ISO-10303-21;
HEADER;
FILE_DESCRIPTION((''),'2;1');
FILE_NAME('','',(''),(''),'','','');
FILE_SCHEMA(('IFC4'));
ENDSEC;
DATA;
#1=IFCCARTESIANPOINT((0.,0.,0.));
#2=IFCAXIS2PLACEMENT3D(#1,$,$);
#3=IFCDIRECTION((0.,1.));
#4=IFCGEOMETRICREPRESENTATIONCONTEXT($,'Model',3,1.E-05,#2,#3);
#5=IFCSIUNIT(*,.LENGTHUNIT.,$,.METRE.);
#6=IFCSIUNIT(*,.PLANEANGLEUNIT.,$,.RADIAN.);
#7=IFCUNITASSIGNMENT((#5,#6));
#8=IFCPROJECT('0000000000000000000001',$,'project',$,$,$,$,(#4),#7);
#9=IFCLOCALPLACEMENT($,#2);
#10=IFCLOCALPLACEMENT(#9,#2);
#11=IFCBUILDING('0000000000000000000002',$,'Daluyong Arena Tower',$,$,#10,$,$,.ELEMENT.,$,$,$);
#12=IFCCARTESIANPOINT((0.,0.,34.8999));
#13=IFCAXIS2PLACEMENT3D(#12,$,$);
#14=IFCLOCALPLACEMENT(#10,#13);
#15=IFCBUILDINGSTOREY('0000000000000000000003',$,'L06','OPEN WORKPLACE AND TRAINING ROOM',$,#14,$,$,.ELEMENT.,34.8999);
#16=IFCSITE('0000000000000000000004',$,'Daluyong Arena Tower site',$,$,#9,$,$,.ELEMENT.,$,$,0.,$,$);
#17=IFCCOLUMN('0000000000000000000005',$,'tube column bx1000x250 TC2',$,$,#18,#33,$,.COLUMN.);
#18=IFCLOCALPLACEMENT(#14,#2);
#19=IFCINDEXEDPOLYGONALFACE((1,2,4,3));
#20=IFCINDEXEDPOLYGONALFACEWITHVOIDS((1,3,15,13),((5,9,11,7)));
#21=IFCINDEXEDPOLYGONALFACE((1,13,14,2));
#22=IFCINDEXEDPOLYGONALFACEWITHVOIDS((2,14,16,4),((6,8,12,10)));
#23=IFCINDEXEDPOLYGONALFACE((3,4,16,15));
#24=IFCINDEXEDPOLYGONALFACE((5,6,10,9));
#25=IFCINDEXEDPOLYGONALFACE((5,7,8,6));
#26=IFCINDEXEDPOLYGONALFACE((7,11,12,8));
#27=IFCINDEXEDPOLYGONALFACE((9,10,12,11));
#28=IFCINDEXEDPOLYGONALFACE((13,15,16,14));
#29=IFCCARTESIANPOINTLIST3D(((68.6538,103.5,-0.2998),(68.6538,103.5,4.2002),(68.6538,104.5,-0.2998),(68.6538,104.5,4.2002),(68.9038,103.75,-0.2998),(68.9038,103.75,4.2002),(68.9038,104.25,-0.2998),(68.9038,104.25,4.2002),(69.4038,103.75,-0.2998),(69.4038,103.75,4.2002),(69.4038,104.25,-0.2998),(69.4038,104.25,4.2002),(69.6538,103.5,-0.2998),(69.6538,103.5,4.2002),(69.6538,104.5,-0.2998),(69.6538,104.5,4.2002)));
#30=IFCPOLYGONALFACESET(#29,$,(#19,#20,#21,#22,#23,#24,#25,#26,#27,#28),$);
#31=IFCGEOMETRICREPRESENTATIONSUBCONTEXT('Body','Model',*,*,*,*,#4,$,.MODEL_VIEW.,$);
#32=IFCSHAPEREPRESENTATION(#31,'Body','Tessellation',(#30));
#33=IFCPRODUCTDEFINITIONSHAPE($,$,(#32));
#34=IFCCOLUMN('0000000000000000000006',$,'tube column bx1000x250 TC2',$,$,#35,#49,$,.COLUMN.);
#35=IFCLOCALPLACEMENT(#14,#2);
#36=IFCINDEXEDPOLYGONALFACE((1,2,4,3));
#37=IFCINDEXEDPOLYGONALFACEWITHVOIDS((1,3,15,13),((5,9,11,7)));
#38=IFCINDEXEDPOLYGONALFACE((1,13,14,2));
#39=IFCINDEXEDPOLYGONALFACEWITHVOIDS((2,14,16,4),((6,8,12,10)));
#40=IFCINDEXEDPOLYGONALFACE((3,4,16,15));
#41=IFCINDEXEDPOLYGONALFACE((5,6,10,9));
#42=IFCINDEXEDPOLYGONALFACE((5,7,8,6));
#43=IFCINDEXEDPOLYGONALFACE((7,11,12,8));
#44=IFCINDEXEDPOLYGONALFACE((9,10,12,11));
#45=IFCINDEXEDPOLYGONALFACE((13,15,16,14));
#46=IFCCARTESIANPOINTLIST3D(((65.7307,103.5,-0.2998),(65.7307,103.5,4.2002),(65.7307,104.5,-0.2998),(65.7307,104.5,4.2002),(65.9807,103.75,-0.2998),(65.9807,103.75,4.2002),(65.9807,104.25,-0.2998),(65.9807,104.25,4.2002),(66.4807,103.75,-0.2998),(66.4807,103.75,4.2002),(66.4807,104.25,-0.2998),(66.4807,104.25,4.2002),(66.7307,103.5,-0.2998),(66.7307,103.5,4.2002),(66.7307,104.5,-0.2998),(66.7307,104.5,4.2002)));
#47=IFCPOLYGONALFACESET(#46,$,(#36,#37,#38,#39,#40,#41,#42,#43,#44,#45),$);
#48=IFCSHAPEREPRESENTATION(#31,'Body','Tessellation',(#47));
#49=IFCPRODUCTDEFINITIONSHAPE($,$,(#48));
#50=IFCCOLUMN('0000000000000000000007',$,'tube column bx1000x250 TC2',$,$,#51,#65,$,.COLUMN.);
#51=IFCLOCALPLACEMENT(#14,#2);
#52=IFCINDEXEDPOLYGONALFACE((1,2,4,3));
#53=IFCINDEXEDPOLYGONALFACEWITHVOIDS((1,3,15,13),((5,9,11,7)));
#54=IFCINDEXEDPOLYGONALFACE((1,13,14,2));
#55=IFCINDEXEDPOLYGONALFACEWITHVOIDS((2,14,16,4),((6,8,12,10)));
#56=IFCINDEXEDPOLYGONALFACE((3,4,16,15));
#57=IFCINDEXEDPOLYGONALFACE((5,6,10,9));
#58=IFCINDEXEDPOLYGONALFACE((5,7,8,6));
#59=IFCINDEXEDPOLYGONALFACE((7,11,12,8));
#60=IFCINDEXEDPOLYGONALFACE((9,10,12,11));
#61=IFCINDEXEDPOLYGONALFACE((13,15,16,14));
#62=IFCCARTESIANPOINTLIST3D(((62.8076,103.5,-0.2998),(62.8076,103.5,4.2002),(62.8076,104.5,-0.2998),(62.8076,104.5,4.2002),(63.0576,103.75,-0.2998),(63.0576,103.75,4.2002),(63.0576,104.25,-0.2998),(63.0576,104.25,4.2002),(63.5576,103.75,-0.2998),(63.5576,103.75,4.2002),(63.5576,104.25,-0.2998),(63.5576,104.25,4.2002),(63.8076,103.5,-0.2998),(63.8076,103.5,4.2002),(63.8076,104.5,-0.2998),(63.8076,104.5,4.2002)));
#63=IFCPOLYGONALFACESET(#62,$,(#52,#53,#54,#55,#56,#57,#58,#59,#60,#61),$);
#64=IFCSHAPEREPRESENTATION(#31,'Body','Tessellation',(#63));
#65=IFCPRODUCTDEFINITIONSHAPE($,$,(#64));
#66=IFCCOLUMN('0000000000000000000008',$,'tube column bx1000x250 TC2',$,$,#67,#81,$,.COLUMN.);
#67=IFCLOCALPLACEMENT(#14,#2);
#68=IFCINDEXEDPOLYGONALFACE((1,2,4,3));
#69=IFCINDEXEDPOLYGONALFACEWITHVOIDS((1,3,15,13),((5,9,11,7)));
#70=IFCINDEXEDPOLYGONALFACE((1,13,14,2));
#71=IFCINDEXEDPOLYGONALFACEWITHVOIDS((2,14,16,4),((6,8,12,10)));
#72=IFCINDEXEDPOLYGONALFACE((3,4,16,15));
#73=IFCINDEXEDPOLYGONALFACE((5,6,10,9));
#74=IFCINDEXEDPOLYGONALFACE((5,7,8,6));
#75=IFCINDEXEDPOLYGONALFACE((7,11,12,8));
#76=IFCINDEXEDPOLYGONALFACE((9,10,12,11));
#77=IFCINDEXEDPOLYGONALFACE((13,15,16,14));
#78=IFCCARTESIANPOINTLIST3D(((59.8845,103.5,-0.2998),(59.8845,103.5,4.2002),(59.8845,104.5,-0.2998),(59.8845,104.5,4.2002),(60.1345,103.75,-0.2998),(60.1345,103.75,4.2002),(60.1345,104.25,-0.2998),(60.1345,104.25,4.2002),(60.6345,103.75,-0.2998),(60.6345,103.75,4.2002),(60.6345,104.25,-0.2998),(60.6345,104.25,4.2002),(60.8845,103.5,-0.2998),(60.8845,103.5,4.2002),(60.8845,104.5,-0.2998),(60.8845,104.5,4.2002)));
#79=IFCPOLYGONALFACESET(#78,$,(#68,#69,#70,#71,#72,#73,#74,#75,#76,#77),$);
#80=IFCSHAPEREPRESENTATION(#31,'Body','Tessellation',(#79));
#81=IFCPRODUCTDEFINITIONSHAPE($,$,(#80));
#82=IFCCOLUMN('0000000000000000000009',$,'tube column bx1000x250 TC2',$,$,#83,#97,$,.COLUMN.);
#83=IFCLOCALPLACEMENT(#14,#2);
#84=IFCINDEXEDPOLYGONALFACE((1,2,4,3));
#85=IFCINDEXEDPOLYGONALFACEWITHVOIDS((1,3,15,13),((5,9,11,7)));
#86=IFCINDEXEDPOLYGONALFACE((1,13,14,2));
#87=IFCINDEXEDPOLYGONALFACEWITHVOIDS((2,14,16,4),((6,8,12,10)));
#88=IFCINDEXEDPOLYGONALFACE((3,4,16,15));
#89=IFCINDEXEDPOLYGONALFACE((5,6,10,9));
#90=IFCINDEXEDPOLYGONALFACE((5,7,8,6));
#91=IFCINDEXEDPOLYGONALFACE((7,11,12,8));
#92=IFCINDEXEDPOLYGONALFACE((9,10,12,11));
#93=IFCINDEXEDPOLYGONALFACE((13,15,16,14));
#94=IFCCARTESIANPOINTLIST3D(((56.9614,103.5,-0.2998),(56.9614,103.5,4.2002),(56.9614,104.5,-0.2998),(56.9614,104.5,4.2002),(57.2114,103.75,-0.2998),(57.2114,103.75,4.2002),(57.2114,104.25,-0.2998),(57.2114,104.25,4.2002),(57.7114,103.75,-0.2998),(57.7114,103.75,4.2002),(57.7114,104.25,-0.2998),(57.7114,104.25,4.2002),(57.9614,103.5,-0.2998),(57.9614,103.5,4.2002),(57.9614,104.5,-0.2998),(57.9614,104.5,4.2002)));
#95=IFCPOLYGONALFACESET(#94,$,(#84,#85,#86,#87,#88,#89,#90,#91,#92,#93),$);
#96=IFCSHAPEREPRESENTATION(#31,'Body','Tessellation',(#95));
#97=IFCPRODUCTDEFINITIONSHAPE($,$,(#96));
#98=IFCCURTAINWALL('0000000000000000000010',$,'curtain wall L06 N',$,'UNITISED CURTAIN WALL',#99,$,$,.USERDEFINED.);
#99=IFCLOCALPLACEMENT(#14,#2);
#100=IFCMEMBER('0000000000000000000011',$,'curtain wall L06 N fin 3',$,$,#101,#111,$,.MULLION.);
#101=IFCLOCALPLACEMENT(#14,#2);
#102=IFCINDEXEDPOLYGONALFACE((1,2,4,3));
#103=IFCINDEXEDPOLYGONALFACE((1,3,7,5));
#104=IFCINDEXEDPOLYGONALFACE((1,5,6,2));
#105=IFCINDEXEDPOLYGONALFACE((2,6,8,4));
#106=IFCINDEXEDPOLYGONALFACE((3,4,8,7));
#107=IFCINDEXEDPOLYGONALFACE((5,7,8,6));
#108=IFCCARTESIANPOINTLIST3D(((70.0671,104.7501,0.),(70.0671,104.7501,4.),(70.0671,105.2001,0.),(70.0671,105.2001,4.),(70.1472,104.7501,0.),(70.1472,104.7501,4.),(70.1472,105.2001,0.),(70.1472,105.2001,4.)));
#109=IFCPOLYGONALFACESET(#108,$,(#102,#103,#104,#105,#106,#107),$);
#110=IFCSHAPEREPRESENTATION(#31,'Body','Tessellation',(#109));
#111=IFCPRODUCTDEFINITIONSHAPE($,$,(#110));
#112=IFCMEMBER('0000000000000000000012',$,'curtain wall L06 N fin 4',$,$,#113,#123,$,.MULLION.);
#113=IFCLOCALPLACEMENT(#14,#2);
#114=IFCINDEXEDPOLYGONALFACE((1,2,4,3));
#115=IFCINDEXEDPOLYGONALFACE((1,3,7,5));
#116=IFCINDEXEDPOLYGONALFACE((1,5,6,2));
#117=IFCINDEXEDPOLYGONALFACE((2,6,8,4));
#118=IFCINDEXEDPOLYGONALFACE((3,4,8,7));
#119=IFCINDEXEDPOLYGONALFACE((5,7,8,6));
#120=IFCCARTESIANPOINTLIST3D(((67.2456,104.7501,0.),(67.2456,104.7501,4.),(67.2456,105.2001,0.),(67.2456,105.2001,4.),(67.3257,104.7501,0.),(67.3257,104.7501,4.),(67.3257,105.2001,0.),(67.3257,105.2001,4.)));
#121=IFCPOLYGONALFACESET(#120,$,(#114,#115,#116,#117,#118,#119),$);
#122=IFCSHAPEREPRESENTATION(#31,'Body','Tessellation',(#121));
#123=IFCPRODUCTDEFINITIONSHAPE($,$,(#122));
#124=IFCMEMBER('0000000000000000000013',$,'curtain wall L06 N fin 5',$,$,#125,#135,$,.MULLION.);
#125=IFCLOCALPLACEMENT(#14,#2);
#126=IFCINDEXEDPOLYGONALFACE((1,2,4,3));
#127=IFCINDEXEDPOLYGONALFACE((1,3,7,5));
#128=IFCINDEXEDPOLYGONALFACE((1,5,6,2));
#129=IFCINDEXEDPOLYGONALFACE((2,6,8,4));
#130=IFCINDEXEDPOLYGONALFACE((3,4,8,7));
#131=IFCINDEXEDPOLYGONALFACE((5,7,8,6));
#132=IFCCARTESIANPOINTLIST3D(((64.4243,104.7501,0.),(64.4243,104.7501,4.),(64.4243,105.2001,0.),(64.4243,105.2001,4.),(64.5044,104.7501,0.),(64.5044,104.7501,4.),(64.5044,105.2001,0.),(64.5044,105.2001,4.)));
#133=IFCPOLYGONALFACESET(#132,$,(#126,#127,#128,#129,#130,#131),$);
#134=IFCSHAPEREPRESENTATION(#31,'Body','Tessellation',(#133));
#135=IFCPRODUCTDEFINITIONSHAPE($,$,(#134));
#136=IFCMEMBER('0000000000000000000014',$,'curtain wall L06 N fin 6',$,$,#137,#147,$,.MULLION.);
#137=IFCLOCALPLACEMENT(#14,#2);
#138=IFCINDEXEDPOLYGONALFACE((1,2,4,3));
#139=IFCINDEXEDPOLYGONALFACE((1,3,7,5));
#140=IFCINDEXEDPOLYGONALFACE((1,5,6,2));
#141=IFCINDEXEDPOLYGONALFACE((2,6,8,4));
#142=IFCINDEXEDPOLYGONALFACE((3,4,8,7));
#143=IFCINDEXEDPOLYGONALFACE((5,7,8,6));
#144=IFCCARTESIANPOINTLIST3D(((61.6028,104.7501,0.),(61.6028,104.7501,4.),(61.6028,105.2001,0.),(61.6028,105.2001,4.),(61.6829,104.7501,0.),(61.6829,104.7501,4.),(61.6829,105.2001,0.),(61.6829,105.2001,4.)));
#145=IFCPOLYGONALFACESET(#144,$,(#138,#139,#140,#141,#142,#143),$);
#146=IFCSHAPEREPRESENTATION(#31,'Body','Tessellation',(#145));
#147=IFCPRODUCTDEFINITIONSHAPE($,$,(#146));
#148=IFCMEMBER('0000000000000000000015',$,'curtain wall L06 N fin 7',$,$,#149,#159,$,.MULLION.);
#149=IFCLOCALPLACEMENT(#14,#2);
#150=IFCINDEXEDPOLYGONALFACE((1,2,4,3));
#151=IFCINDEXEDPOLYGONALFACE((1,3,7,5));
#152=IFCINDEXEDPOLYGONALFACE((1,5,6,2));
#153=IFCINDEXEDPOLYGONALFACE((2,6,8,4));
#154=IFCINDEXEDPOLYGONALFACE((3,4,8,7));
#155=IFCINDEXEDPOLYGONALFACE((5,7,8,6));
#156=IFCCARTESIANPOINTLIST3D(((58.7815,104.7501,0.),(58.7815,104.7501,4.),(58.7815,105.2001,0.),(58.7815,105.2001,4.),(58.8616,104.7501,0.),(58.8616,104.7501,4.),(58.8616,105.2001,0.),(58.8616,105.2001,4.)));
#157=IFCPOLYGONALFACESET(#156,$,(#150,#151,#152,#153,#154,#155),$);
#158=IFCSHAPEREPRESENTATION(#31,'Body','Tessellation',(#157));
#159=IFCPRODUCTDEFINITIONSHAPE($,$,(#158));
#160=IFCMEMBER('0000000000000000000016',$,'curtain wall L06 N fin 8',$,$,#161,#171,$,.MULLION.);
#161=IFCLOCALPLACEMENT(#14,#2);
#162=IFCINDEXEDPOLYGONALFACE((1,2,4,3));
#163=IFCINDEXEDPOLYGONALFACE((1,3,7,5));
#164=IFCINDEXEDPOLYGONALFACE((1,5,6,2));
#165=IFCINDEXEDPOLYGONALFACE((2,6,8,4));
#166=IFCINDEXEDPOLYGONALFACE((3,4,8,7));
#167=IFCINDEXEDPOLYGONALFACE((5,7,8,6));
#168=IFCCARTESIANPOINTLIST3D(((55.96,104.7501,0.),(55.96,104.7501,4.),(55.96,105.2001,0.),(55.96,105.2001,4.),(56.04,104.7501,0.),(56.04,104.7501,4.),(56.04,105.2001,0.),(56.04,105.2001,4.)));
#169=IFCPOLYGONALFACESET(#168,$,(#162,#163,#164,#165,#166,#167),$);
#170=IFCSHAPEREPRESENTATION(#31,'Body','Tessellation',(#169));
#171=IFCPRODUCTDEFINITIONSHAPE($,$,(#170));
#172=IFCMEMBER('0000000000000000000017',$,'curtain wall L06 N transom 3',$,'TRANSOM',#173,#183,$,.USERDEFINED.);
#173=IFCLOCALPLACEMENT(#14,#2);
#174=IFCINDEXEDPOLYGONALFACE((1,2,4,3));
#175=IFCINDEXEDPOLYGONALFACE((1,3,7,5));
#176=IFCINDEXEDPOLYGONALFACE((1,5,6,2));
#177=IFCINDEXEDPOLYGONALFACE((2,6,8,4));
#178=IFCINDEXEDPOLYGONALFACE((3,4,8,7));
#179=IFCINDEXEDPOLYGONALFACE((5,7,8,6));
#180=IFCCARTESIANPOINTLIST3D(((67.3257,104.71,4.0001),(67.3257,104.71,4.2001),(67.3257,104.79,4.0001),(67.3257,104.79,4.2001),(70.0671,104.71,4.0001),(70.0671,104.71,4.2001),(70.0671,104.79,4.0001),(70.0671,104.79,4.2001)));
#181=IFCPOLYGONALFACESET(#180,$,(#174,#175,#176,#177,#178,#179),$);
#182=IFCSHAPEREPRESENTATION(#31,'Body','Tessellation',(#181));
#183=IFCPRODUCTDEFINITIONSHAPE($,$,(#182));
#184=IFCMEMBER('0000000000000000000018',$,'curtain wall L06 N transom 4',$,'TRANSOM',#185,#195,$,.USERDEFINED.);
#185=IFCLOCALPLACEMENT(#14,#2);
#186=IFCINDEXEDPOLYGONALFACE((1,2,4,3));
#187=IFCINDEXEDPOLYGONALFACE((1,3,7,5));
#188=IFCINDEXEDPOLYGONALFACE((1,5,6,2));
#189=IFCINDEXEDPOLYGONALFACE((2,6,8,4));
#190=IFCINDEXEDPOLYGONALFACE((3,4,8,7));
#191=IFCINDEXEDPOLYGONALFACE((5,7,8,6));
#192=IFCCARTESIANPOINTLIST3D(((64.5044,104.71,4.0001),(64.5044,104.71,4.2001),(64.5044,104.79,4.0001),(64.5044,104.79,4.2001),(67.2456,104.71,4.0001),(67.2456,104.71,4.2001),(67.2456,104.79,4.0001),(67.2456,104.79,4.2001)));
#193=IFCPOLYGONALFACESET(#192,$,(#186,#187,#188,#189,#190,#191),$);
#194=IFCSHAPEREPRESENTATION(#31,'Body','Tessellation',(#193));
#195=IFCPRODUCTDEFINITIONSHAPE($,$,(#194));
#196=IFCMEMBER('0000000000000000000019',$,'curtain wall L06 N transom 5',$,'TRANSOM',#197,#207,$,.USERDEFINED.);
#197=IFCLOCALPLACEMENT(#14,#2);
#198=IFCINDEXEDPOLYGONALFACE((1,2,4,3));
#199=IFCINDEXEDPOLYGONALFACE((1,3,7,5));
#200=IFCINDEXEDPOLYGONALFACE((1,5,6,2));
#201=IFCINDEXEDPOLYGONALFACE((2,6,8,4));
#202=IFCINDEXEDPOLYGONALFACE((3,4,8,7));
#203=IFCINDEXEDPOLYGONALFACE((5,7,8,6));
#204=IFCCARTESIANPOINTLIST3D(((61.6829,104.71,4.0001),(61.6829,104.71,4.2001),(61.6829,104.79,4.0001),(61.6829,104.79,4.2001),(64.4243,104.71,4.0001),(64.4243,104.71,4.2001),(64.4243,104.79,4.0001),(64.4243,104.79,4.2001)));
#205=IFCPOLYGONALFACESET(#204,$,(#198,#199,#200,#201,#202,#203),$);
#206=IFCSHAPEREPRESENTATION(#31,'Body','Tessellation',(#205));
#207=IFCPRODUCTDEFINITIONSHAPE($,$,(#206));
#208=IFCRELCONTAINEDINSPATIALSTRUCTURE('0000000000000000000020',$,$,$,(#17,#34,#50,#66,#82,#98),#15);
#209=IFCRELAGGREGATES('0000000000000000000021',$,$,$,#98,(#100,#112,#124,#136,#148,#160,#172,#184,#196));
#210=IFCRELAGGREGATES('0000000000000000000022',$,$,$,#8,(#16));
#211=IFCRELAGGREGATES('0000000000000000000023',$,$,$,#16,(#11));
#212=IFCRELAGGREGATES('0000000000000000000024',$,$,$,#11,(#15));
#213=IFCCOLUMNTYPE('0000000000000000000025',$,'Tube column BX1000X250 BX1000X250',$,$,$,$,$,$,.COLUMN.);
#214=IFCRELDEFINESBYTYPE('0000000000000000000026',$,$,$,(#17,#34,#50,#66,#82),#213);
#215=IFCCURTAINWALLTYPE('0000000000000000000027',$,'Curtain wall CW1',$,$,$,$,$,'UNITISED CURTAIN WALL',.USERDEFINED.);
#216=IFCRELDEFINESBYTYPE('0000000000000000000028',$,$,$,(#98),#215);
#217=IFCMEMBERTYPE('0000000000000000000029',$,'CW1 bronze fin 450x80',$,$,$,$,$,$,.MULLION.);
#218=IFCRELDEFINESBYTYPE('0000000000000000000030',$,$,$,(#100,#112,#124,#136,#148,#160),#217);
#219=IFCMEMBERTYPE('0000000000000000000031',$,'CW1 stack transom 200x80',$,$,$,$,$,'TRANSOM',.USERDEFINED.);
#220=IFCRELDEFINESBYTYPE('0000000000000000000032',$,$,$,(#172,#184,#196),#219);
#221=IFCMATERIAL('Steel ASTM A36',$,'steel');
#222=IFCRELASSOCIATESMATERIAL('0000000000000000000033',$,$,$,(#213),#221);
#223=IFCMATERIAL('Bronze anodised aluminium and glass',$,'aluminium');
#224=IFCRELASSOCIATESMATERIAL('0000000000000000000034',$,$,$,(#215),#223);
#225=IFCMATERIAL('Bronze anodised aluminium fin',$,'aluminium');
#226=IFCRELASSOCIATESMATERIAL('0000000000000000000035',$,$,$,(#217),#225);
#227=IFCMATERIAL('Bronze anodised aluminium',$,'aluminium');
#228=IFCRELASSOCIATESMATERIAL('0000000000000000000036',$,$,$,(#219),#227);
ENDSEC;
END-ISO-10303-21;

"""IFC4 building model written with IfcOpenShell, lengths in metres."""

from ifc_helpers import new_model, si_unit, direction, frame, origin, origin_2d, place, context, subcontext, project, spatial, rectangle, hollow_rectangle, extrude, material, material_profile, profile_set, type_object, element, aggregate, save


model = new_model("IFC4")

# Units and contexts
model_context = context("Model", 3, precision=1e-05, world=origin(), true_north=direction((0.0, 1.0)))
body_context = subcontext(model_context, "Body", "Model", "MODEL_VIEW")
ifc_project = project(units=[si_unit("LENGTHUNIT", "METRE"), si_unit("PLANEANGLEUNIT", "RADIAN")], contexts=[model_context])

# Site, building, storey
site_placement = place(None, origin())
site = spatial("IfcSite", under=ifc_project, at=site_placement, Name="Daluyong Arena Tower site", CompositionType="ELEMENT", RefElevation=0.0)
building_placement = place(site_placement, origin())
building = spatial("IfcBuilding", under=site, at=building_placement, Name="Daluyong Arena Tower", CompositionType="ELEMENT")
storey_placement = place(building_placement, frame((0.0, 0.0, 34.8999)))
storey = spatial("IfcBuildingStorey", under=building, at=storey_placement, Name="L06", Description="OPEN WORKPLACE AND TRAINING ROOM", CompositionType="ELEMENT", Elevation=34.8999)

# Columns
ifc_material_1 = material(Name="Steel ASTM A36", Category="steel")
ifc_material_profile_1 = material_profile(ifc_material_1, hollow_rectangle(XDim=1.0, YDim=1.0, WallThickness=0.25, at=origin_2d()))
ifc_profile_set_1 = profile_set([ifc_material_profile_1], Name="Steel ASTM A36")
column_type = type_object("IfcColumnType", Name="Tube column BX1000X250 BX1000X250", PredefinedType="COLUMN", material=ifc_profile_set_1)
for number, where, z_axis, x_axis, name in (
    (1, (69.1538, 104.0, -0.2998), (0.0, 0.0, 1.0), (1.0, 0.0, 0.0), "tube column bx1000x250 TC2"),
    (2, (66.2307, 104.0, -0.2998), (0.0, 0.0, 1.0), (1.0, 0.0, 0.0), "tube column bx1000x250 TC2"),
    (3, (63.3076, 104.0, -0.2998), (0.0, 0.0, 1.0), (1.0, 0.0, 0.0), "tube column bx1000x250 TC2"),
    (4, (60.3845, 104.0, -0.2998), (0.0, 0.0, 1.0), (1.0, 0.0, 0.0), "tube column bx1000x250 TC2"),
    (5, (57.4614, 104.0, -0.2998), (0.0, 0.0, 1.0), (1.0, 0.0, 0.0), "tube column bx1000x250 TC2"),
):
    element("IfcColumn", number, at=place(storey_placement, frame(where, z_axis=z_axis, x_axis=x_axis)), inside=storey, type_object=column_type, Name=name, PredefinedType="COLUMN", context=body_context, shape_type="SweptSolid", body=[
        extrude(hollow_rectangle(XDim=1.0, YDim=1.0, WallThickness=0.25, at=origin_2d()), origin(), (0.0, 0.0, 1.0), 4.5),
    ])

# Curtain wall, members
ifc_material_2 = material(Name="Bronze anodised aluminium and glass", Category="aluminium")
curtain_wall_type = type_object("IfcCurtainWallType", Name="Curtain wall CW1", ElementType="UNITISED CURTAIN WALL", PredefinedType="USERDEFINED", material=ifc_material_2)
curtain_wall_placement = place(storey_placement, origin())
curtain_wall = element("IfcCurtainWall", 6, at=curtain_wall_placement, inside=storey, type_object=curtain_wall_type, Name="curtain wall L06 N", ObjectType="UNITISED CURTAIN WALL", PredefinedType="USERDEFINED")
ifc_material_3 = material(Name="Bronze anodised aluminium fin", Category="aluminium")
ifc_material_profile_2 = material_profile(ifc_material_3, rectangle(XDim=0.45, YDim=0.0801, at=origin_2d()))
ifc_profile_set_2 = profile_set([ifc_material_profile_2], Name="Bronze anodised aluminium fin")
member_type_1 = type_object("IfcMemberType", Name="CW1 bronze fin 450x80", PredefinedType="MULLION", material=ifc_profile_set_2)
member_1_placement = place(storey_placement, frame((70.1072, 104.9751, 0.0), z_axis=(0.0, 0.0, 1.0), x_axis=(0.0, -1.0, 0.0)))
member_1 = element("IfcMember", 7, at=member_1_placement, type_object=member_type_1, Name="curtain wall L06 N fin 3", PredefinedType="MULLION", context=body_context, shape_type="SweptSolid", body=[
    extrude(rectangle(XDim=0.45, YDim=0.0801, at=origin_2d()), origin(), (0.0, 0.0, 1.0), 4.0),
])
member_2_placement = place(storey_placement, frame((67.2856, 104.9751, 0.0), z_axis=(0.0, 0.0, 1.0), x_axis=(0.0, -1.0, 0.0)))
member_2 = element("IfcMember", 8, at=member_2_placement, type_object=member_type_1, Name="curtain wall L06 N fin 4", PredefinedType="MULLION", context=body_context, shape_type="SweptSolid", body=[
    extrude(rectangle(XDim=0.45, YDim=0.0801, at=origin_2d()), origin(), (0.0, 0.0, 1.0), 4.0),
])
member_3_placement = place(storey_placement, frame((64.4644, 104.9751, 0.0), z_axis=(0.0, 0.0, 1.0), x_axis=(0.0, -1.0, 0.0)))
member_3 = element("IfcMember", 9, at=member_3_placement, type_object=member_type_1, Name="curtain wall L06 N fin 5", PredefinedType="MULLION", context=body_context, shape_type="SweptSolid", body=[
    extrude(rectangle(XDim=0.45, YDim=0.0801, at=origin_2d()), origin(), (0.0, 0.0, 1.0), 4.0),
])
member_4_placement = place(storey_placement, frame((61.6428, 104.9751, 0.0), z_axis=(0.0, 0.0, 1.0), x_axis=(0.0, -1.0, 0.0)))
member_4 = element("IfcMember", 10, at=member_4_placement, type_object=member_type_1, Name="curtain wall L06 N fin 6", PredefinedType="MULLION", context=body_context, shape_type="SweptSolid", body=[
    extrude(rectangle(XDim=0.45, YDim=0.0801, at=origin_2d()), origin(), (0.0, 0.0, 1.0), 4.0),
])
member_5_placement = place(storey_placement, frame((58.8215, 104.9751, 0.0), z_axis=(0.0, 0.0, 1.0), x_axis=(0.0, -1.0, 0.0)))
member_5 = element("IfcMember", 11, at=member_5_placement, type_object=member_type_1, Name="curtain wall L06 N fin 7", PredefinedType="MULLION", context=body_context, shape_type="SweptSolid", body=[
    extrude(rectangle(XDim=0.45, YDim=0.0801, at=origin_2d()), origin(), (0.0, 0.0, 1.0), 4.0),
])
member_6_placement = place(storey_placement, frame((56.0, 104.9751, 0.0), z_axis=(0.0, 0.0, 1.0), x_axis=(0.0, -1.0, 0.0)))
member_6 = element("IfcMember", 12, at=member_6_placement, type_object=member_type_1, Name="curtain wall L06 N fin 8", PredefinedType="MULLION", context=body_context, shape_type="SweptSolid", body=[
    extrude(rectangle(XDim=0.45, YDim=0.0801, at=origin_2d()), origin(), (0.0, 0.0, 1.0), 4.0),
])
ifc_material_4 = material(Name="Bronze anodised aluminium", Category="aluminium")
ifc_material_profile_3 = material_profile(ifc_material_4, rectangle(XDim=0.0801, YDim=0.2, at=origin_2d()))
ifc_profile_set_3 = profile_set([ifc_material_profile_3], Name="Bronze anodised aluminium")
member_type_2 = type_object("IfcMemberType", Name="CW1 stack transom 200x80", ElementType="TRANSOM", PredefinedType="USERDEFINED", material=ifc_profile_set_3)
member_7_placement = place(storey_placement, frame((70.0671, 104.75, 4.1001), z_axis=(-1.0, 0.0, 0.0), x_axis=(0.0, -1.0, 0.0)))
member_7 = element("IfcMember", 13, at=member_7_placement, type_object=member_type_2, Name="curtain wall L06 N transom 3", ObjectType="TRANSOM", PredefinedType="USERDEFINED", context=body_context, shape_type="SweptSolid", body=[
    extrude(rectangle(XDim=0.0801, YDim=0.2, at=origin_2d()), origin(), (0.0, 0.0, 1.0), 2.7415),
])
member_8_placement = place(storey_placement, frame((67.2456, 104.75, 4.1001), z_axis=(-1.0, 0.0, 0.0), x_axis=(0.0, -1.0, 0.0)))
member_8 = element("IfcMember", 14, at=member_8_placement, type_object=member_type_2, Name="curtain wall L06 N transom 4", ObjectType="TRANSOM", PredefinedType="USERDEFINED", context=body_context, shape_type="SweptSolid", body=[
    extrude(rectangle(XDim=0.0801, YDim=0.2, at=origin_2d()), origin(), (0.0, 0.0, 1.0), 2.7412),
])
member_9_placement = place(storey_placement, frame((64.4243, 104.75, 4.1001), z_axis=(-1.0, 0.0, 0.0), x_axis=(0.0, -1.0, 0.0)))
member_9 = element("IfcMember", 15, at=member_9_placement, type_object=member_type_2, Name="curtain wall L06 N transom 5", ObjectType="TRANSOM", PredefinedType="USERDEFINED", context=body_context, shape_type="SweptSolid", body=[
    extrude(rectangle(XDim=0.0801, YDim=0.2, at=origin_2d()), origin(), (0.0, 0.0, 1.0), 2.7415),
])

aggregate(curtain_wall, [member_1, member_2, member_3, member_4, member_5, member_6, member_7, member_8, member_9])

save(model, "model.ifc")
